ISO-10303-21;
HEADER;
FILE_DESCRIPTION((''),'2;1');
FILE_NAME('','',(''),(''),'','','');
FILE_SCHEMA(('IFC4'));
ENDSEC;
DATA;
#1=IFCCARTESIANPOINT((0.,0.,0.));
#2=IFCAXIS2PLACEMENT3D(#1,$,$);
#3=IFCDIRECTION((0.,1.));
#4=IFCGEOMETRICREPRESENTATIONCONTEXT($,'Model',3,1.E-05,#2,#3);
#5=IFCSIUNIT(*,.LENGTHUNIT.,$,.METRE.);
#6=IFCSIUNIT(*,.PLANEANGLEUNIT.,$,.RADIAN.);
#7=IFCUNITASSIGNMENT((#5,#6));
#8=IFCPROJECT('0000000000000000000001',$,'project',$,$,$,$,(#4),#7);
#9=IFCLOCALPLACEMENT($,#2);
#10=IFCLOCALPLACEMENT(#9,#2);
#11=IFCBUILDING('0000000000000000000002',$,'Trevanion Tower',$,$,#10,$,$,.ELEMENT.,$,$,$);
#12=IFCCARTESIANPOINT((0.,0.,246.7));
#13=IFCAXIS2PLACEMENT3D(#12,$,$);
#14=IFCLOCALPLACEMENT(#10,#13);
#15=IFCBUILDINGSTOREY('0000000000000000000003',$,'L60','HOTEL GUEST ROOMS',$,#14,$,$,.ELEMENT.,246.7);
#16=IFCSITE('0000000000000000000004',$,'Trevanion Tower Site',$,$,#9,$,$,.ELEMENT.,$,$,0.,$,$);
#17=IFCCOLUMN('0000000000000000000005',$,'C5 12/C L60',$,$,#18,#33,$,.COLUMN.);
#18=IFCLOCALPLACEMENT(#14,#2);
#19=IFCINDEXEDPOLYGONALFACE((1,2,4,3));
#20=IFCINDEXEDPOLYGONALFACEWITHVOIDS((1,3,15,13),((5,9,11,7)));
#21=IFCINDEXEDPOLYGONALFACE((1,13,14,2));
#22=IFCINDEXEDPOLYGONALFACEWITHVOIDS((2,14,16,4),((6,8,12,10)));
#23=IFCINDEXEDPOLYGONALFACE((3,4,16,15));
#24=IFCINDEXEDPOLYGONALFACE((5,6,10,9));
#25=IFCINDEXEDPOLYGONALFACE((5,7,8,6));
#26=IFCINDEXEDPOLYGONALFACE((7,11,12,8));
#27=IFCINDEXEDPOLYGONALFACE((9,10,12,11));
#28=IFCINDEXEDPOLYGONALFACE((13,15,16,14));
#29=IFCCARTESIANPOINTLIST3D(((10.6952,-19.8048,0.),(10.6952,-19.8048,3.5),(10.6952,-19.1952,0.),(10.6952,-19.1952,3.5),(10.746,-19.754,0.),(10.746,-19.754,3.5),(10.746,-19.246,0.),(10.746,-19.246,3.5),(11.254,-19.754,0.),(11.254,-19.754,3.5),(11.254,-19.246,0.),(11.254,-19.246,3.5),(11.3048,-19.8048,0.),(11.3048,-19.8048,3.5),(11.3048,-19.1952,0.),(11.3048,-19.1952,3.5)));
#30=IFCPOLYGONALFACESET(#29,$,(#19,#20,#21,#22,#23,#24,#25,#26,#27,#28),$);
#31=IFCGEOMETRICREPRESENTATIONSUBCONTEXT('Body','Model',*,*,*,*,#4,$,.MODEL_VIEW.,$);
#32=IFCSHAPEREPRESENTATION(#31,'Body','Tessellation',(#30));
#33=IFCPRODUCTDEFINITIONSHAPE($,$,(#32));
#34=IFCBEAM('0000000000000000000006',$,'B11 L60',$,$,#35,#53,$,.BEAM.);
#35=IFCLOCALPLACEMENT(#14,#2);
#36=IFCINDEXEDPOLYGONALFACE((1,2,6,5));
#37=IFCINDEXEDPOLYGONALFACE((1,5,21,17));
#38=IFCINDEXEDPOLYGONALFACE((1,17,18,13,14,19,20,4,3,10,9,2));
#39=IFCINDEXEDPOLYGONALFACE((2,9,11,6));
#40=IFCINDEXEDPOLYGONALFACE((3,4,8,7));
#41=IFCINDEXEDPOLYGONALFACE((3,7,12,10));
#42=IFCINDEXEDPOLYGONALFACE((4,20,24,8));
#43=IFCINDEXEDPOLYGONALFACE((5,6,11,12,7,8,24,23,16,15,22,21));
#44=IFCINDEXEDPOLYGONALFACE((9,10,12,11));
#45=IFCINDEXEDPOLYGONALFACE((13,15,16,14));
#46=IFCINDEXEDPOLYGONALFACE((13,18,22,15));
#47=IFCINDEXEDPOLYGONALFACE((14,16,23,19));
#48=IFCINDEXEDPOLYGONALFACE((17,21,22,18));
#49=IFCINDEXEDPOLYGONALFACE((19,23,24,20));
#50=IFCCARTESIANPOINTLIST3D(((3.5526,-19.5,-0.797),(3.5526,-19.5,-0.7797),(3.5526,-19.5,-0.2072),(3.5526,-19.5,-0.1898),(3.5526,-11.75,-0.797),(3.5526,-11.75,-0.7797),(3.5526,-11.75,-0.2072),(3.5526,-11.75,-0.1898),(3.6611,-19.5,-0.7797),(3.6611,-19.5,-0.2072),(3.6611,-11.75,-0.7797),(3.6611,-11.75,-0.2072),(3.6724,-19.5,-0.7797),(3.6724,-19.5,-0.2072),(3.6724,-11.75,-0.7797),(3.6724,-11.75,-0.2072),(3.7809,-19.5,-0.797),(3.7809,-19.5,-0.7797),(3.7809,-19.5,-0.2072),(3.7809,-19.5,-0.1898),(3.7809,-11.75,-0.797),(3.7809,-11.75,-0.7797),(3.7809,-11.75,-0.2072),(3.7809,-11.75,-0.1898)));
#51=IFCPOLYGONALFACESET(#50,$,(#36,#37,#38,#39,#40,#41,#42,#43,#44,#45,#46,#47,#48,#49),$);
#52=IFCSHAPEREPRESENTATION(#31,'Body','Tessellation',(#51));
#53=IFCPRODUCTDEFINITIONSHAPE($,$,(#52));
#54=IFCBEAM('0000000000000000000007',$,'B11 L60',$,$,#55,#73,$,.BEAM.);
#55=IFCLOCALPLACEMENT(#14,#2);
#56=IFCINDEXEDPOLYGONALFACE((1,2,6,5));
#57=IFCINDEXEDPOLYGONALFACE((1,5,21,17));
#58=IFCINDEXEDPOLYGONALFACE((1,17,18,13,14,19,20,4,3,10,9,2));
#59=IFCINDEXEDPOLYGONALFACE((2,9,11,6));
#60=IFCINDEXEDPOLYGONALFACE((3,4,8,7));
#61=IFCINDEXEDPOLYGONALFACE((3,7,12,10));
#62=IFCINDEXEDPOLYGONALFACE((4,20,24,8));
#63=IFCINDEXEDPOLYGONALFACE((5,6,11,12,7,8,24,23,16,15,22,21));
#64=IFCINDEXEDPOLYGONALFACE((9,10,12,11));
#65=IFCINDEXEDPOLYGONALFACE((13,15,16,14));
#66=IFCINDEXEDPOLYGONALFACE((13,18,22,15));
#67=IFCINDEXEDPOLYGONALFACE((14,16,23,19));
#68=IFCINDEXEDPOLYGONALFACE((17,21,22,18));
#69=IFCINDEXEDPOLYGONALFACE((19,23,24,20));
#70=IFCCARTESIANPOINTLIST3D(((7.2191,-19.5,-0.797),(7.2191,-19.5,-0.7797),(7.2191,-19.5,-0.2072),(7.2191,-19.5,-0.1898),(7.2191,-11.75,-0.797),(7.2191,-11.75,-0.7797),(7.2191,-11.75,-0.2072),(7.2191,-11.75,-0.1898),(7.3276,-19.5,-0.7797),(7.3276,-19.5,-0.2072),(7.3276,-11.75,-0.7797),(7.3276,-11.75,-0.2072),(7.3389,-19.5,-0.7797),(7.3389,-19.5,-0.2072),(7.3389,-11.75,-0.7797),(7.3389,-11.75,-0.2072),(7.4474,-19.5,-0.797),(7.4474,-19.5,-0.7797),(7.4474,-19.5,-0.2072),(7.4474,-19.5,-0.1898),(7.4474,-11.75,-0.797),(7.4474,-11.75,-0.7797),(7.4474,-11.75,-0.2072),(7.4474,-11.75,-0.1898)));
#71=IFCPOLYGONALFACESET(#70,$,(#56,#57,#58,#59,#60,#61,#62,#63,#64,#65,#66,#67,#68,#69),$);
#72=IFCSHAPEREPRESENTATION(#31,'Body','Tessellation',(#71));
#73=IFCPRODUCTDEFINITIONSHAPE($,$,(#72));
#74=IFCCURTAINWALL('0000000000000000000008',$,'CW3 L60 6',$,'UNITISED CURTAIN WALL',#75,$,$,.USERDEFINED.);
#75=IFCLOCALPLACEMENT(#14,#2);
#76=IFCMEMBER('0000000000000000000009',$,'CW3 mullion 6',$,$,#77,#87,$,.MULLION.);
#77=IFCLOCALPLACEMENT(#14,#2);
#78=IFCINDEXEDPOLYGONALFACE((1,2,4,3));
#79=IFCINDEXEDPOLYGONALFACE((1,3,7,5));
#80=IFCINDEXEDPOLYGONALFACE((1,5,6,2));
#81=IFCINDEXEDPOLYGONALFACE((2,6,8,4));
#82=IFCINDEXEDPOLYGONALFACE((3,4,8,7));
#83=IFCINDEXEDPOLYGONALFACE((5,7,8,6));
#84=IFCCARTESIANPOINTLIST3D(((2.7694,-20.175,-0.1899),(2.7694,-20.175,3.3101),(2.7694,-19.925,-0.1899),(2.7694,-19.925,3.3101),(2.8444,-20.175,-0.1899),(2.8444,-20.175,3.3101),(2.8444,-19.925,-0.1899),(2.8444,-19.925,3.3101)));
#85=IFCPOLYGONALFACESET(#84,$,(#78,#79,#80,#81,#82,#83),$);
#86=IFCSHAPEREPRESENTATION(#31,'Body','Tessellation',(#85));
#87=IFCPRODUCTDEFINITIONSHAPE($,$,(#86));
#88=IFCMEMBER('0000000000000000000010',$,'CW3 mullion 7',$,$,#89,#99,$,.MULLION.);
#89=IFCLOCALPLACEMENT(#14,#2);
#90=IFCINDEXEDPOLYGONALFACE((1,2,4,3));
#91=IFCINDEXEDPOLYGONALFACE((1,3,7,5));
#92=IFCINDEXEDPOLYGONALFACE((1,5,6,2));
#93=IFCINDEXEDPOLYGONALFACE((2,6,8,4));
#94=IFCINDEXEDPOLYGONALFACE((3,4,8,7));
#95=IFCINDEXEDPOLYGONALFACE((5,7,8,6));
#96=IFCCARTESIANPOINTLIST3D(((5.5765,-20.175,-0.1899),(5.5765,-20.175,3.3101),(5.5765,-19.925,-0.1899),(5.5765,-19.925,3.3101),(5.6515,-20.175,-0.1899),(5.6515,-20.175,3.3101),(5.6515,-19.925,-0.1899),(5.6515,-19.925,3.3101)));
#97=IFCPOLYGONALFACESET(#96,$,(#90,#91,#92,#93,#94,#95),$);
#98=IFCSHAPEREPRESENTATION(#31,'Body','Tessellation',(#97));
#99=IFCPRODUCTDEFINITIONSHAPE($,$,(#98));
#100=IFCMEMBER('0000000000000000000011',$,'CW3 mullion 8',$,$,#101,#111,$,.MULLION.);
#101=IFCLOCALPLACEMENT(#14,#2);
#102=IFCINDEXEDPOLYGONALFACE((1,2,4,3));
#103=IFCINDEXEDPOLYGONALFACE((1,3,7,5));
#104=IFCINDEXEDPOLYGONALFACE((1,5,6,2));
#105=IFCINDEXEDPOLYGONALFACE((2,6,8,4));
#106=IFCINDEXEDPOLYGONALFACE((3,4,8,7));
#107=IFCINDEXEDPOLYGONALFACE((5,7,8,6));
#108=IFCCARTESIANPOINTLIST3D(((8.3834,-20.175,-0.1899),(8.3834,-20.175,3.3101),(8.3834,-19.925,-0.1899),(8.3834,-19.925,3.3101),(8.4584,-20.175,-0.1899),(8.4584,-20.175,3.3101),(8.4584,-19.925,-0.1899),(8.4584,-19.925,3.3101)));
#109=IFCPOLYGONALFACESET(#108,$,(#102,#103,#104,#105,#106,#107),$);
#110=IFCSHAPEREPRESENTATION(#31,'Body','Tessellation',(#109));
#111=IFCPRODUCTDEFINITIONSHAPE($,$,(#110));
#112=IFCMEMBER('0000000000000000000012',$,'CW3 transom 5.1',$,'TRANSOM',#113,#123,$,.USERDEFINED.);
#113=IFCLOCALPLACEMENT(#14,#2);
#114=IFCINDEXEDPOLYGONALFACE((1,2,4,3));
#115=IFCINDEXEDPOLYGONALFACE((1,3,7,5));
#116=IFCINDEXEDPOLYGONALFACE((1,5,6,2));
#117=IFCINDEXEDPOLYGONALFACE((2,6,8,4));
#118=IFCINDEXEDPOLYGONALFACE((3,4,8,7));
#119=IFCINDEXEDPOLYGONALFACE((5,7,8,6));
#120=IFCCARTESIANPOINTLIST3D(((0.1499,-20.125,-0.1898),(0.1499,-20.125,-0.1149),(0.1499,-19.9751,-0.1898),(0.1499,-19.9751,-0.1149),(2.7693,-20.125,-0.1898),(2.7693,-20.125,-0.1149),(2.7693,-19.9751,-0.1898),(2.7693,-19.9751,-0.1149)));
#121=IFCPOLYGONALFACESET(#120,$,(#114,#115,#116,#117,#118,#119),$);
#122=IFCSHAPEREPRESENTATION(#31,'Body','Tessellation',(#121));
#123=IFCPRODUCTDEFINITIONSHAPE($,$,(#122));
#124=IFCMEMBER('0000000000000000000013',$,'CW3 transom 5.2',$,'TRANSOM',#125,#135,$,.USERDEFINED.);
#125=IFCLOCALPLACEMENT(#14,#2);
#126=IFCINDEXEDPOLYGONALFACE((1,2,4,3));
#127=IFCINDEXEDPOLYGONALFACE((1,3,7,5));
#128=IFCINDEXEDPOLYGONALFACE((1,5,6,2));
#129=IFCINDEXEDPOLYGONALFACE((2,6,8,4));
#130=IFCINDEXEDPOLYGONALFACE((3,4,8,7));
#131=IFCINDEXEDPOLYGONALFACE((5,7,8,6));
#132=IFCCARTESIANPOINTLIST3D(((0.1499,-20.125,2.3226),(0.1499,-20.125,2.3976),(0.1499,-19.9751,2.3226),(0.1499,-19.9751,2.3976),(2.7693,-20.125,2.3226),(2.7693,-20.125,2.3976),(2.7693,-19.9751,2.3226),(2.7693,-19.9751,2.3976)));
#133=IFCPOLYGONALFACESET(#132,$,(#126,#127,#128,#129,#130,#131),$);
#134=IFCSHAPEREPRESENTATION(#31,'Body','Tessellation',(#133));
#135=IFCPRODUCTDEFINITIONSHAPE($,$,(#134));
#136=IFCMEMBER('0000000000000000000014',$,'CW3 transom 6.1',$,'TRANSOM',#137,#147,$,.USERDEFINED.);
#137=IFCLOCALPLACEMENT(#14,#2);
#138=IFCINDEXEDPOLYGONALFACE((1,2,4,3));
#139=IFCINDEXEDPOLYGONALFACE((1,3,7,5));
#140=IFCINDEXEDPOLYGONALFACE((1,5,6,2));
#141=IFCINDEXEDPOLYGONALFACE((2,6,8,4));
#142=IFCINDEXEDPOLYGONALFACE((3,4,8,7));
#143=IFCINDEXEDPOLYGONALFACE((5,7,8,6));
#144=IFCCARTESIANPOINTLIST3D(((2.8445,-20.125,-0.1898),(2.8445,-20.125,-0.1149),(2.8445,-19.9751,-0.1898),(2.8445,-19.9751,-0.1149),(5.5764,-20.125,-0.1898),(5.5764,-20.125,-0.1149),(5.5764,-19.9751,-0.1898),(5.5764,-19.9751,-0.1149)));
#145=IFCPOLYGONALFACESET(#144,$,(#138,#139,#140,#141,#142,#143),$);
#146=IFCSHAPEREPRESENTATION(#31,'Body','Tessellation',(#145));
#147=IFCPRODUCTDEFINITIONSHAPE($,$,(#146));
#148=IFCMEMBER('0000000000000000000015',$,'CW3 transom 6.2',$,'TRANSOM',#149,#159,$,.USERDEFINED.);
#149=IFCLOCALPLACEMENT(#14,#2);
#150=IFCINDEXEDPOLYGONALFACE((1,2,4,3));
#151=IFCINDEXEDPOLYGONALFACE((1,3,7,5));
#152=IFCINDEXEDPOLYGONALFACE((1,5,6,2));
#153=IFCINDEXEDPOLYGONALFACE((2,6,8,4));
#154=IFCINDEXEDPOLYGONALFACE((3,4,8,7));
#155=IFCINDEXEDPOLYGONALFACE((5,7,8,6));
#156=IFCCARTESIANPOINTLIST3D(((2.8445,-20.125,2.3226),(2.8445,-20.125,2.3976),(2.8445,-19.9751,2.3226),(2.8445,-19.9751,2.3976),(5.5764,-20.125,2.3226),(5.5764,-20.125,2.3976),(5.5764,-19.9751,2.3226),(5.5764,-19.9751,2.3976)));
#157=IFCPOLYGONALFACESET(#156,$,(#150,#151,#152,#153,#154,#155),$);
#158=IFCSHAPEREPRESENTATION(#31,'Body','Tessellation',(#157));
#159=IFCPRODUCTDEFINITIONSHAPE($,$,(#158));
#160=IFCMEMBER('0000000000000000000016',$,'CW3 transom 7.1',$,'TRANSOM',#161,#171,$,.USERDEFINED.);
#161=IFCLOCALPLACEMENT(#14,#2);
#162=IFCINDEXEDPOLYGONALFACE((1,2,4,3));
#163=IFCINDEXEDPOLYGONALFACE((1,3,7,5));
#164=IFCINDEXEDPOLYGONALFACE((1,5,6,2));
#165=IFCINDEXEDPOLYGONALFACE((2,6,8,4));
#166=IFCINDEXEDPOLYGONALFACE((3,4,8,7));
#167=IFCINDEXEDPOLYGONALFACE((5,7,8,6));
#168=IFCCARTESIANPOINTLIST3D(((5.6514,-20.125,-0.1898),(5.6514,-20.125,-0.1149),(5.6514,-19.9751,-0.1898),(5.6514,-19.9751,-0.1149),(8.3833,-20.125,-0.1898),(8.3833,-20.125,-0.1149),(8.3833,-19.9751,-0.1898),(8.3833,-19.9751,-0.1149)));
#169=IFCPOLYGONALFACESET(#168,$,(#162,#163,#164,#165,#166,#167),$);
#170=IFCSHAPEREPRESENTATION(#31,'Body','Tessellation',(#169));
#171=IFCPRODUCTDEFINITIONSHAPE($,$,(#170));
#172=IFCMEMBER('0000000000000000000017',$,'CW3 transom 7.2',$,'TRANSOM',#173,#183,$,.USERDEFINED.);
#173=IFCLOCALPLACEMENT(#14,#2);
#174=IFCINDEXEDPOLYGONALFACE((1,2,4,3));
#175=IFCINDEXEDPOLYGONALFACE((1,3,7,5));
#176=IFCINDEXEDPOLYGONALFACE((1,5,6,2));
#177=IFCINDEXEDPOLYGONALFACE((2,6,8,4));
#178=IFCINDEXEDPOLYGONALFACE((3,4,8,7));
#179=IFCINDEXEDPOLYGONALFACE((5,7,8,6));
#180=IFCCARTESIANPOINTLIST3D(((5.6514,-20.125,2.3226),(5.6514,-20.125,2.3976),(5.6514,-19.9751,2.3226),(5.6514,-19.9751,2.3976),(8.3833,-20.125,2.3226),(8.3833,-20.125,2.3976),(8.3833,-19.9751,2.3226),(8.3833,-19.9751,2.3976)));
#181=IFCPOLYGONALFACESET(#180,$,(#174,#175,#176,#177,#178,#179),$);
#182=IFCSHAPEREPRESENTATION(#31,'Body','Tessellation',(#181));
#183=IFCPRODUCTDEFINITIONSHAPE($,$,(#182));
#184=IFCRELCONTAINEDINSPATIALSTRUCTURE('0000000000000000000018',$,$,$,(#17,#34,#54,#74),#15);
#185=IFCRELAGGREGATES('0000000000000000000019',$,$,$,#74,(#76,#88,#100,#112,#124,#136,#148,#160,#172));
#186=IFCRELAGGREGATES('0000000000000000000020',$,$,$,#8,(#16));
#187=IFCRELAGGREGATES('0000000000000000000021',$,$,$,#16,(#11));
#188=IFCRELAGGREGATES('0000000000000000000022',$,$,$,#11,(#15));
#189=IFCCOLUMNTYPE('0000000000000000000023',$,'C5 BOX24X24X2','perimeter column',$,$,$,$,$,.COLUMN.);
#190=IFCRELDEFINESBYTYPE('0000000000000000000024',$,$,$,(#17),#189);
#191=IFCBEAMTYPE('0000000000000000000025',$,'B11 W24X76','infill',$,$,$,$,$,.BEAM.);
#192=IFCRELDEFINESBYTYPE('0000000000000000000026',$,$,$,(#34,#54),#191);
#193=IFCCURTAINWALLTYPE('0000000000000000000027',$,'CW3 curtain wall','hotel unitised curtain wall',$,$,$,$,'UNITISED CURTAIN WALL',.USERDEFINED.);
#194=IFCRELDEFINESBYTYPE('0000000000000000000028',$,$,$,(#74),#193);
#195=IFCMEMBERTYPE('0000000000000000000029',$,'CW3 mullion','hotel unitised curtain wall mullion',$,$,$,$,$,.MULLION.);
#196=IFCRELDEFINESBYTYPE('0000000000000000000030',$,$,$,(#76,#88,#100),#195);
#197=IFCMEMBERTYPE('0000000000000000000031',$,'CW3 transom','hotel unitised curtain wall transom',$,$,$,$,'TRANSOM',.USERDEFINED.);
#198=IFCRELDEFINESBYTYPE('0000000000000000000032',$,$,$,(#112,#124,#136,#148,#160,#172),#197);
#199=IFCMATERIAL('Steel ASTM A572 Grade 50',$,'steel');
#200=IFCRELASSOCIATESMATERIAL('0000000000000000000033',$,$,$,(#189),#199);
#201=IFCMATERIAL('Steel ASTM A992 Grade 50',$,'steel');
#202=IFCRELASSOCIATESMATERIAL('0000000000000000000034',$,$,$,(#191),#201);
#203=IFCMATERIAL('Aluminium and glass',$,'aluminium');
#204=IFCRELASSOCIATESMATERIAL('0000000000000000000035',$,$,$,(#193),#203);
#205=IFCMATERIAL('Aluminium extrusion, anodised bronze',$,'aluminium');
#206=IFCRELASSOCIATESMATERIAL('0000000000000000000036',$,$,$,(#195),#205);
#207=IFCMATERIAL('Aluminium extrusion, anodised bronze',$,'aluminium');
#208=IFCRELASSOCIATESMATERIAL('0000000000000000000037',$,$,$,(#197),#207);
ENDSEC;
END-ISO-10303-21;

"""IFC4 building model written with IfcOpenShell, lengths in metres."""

from ifc_helpers import new_model, si_unit, direction, frame, origin, origin_2d, place, context, subcontext, project, spatial, rectangle, hollow_rectangle, i_section, extrude, material, material_profile, profile_set, type_object, element, aggregate, save


model = new_model("IFC4")

# Units and contexts
model_context = context("Model", 3, precision=1e-05, world=origin(), true_north=direction((0.0, 1.0)))
body_context = subcontext(model_context, "Body", "Model", "MODEL_VIEW")
ifc_project = project(units=[si_unit("LENGTHUNIT", "METRE"), si_unit("PLANEANGLEUNIT", "RADIAN")], contexts=[model_context])

# Site, building, storey
site_placement = place(None, origin())
site = spatial("IfcSite", under=ifc_project, at=site_placement, Name="Trevanion Tower Site", CompositionType="ELEMENT", RefElevation=0.0)
building_placement = place(site_placement, origin())
building = spatial("IfcBuilding", under=site, at=building_placement, Name="Trevanion Tower", CompositionType="ELEMENT")
storey_placement = place(building_placement, frame((0.0, 0.0, 246.7)))
storey = spatial("IfcBuildingStorey", under=building, at=storey_placement, Name="L60", Description="HOTEL GUEST ROOMS", CompositionType="ELEMENT", Elevation=246.7)

# Column
ifc_material_1 = material(Name="Steel ASTM A572 Grade 50", Category="steel")
ifc_material_profile_1 = material_profile(ifc_material_1, hollow_rectangle(XDim=0.6096, YDim=0.6096, WallThickness=0.0508, at=origin_2d()), Name="BOX24X24X2")
ifc_profile_set_1 = profile_set([ifc_material_profile_1], Name="Steel ASTM A572 Grade 50")
column_type = type_object("IfcColumnType", Name="C5 BOX24X24X2", Description="perimeter column", PredefinedType="COLUMN", material=ifc_profile_set_1)
column_placement = place(storey_placement, frame((11.0, -19.5, 0.0), z_axis=(0.0, 0.0, 1.0), x_axis=(1.0, 0.0, 0.0)))
element("IfcColumn", 1, at=column_placement, inside=storey, type_object=column_type, Name="C5 12/C L60", PredefinedType="COLUMN", context=body_context, shape_type="SweptSolid", body=[
    extrude(hollow_rectangle(XDim=0.6096, YDim=0.6096, WallThickness=0.0508, at=origin_2d()), origin(), (0.0, 0.0, 1.0), 3.5),
])

# Beams
ifc_material_2 = material(Name="Steel ASTM A992 Grade 50", Category="steel")
ifc_material_profile_2 = material_profile(ifc_material_2, i_section(OverallWidth=0.2283, OverallDepth=0.6072, WebThickness=0.0112, FlangeThickness=0.0173, at=origin_2d()), Name="W24X76")
ifc_profile_set_2 = profile_set([ifc_material_profile_2], Name="Steel ASTM A992 Grade 50")
beam_type = type_object("IfcBeamType", Name="B11 W24X76", Description="infill", PredefinedType="BEAM", material=ifc_profile_set_2)
for number, where, z_axis, x_axis, name in (
    (2, (3.6667, -11.75, -0.4934), (0.0, -1.0, 0.0), (1.0, 0.0, 0.0), "B11 L60"),
    (3, (7.3333, -11.75, -0.4934), (0.0, -1.0, 0.0), (1.0, 0.0, 0.0), "B11 L60"),
):
    element("IfcBeam", number, at=place(storey_placement, frame(where, z_axis=z_axis, x_axis=x_axis)), inside=storey, type_object=beam_type, Name=name, PredefinedType="BEAM", context=body_context, shape_type="SweptSolid", body=[
        extrude(i_section(OverallWidth=0.2283, OverallDepth=0.6072, WebThickness=0.0112, FlangeThickness=0.0173, at=origin_2d()), origin(), (0.0, 0.0, 1.0), 7.75),
    ])

# Curtain wall, members
ifc_material_3 = material(Name="Aluminium and glass", Category="aluminium")
curtain_wall_type = type_object("IfcCurtainWallType", Name="CW3 curtain wall", Description="hotel unitised curtain wall", ElementType="UNITISED CURTAIN WALL", PredefinedType="USERDEFINED", material=ifc_material_3)
curtain_wall_placement = place(storey_placement, origin())
curtain_wall = element("IfcCurtainWall", 4, at=curtain_wall_placement, inside=storey, type_object=curtain_wall_type, Name="CW3 L60 6", ObjectType="UNITISED CURTAIN WALL", PredefinedType="USERDEFINED")
ifc_material_4 = material(Name="Aluminium extrusion, anodised bronze", Category="aluminium")
ifc_material_profile_3 = material_profile(ifc_material_4, rectangle(XDim=0.075, YDim=0.25, at=origin_2d()), Name="CW3 mullion")
ifc_profile_set_3 = profile_set([ifc_material_profile_3], Name="Aluminium extrusion, anodised bronze")
member_type_1 = type_object("IfcMemberType", Name="CW3 mullion", Description="hotel unitised curtain wall mullion", PredefinedType="MULLION", material=ifc_profile_set_3)
member_1_placement = place(storey_placement, frame((2.8069, -20.05, -0.1899), z_axis=(0.0, 0.0, 1.0), x_axis=(1.0, 0.0, 0.0)))
member_1 = element("IfcMember", 5, at=member_1_placement, type_object=member_type_1, Name="CW3 mullion 6", PredefinedType="MULLION", context=body_context, shape_type="SweptSolid", body=[
    extrude(rectangle(XDim=0.075, YDim=0.25, at=origin_2d()), origin(), (0.0, 0.0, 1.0), 3.5),
])
member_2_placement = place(storey_placement, frame((5.614, -20.05, -0.1899), z_axis=(0.0, 0.0, 1.0), x_axis=(1.0, 0.0, 0.0)))
member_2 = element("IfcMember", 6, at=member_2_placement, type_object=member_type_1, Name="CW3 mullion 7", PredefinedType="MULLION", context=body_context, shape_type="SweptSolid", body=[
    extrude(rectangle(XDim=0.075, YDim=0.25, at=origin_2d()), origin(), (0.0, 0.0, 1.0), 3.5),
])
member_3_placement = place(storey_placement, frame((8.4209, -20.05, -0.1899), z_axis=(0.0, 0.0, 1.0), x_axis=(1.0, 0.0, 0.0)))
member_3 = element("IfcMember", 7, at=member_3_placement, type_object=member_type_1, Name="CW3 mullion 8", PredefinedType="MULLION", context=body_context, shape_type="SweptSolid", body=[
    extrude(rectangle(XDim=0.075, YDim=0.25, at=origin_2d()), origin(), (0.0, 0.0, 1.0), 3.5),
])
ifc_material_5 = material(Name="Aluminium extrusion, anodised bronze", Category="aluminium")
ifc_material_profile_4 = material_profile(ifc_material_5, rectangle(XDim=0.1499, YDim=0.075, at=origin_2d()), Name="CW3 transom")
ifc_profile_set_4 = profile_set([ifc_material_profile_4], Name="Aluminium extrusion, anodised bronze")
member_type_2 = type_object("IfcMemberType", Name="CW3 transom", Description="hotel unitised curtain wall transom", ElementType="TRANSOM", PredefinedType="USERDEFINED", material=ifc_profile_set_4)
member_4_placement = place(storey_placement, frame((0.1499, -20.05, -0.1523), z_axis=(1.0, 0.0, 0.0), x_axis=(0.0, 1.0, 0.0)))
member_4 = element("IfcMember", 8, at=member_4_placement, type_object=member_type_2, Name="CW3 transom 5.1", ObjectType="TRANSOM", PredefinedType="USERDEFINED", context=body_context, shape_type="SweptSolid", body=[
    extrude(rectangle(XDim=0.1499, YDim=0.075, at=origin_2d()), origin(), (0.0, 0.0, 1.0), 2.6194),
])
member_5_placement = place(storey_placement, frame((0.1499, -20.05, 2.3601), z_axis=(1.0, 0.0, 0.0), x_axis=(0.0, 1.0, 0.0)))
member_5 = element("IfcMember", 9, at=member_5_placement, type_object=member_type_2, Name="CW3 transom 5.2", ObjectType="TRANSOM", PredefinedType="USERDEFINED", context=body_context, shape_type="SweptSolid", body=[
    extrude(rectangle(XDim=0.1499, YDim=0.075, at=origin_2d()), origin(), (0.0, 0.0, 1.0), 2.6194),
])
member_6_placement = place(storey_placement, frame((2.8445, -20.05, -0.1523), z_axis=(1.0, 0.0, 0.0), x_axis=(0.0, 1.0, 0.0)))
member_6 = element("IfcMember", 10, at=member_6_placement, type_object=member_type_2, Name="CW3 transom 6.1", ObjectType="TRANSOM", PredefinedType="USERDEFINED", context=body_context, shape_type="SweptSolid", body=[
    extrude(rectangle(XDim=0.1499, YDim=0.075, at=origin_2d()), origin(), (0.0, 0.0, 1.0), 2.7319),
])
member_7_placement = place(storey_placement, frame((2.8445, -20.05, 2.3601), z_axis=(1.0, 0.0, 0.0), x_axis=(0.0, 1.0, 0.0)))
member_7 = element("IfcMember", 11, at=member_7_placement, type_object=member_type_2, Name="CW3 transom 6.2", ObjectType="TRANSOM", PredefinedType="USERDEFINED", context=body_context, shape_type="SweptSolid", body=[
    extrude(rectangle(XDim=0.1499, YDim=0.075, at=origin_2d()), origin(), (0.0, 0.0, 1.0), 2.7319),
])
member_8_placement = place(storey_placement, frame((5.6514, -20.05, -0.1523), z_axis=(1.0, 0.0, 0.0), x_axis=(0.0, 1.0, 0.0)))
member_8 = element("IfcMember", 12, at=member_8_placement, type_object=member_type_2, Name="CW3 transom 7.1", ObjectType="TRANSOM", PredefinedType="USERDEFINED", context=body_context, shape_type="SweptSolid", body=[
    extrude(rectangle(XDim=0.1499, YDim=0.075, at=origin_2d()), origin(), (0.0, 0.0, 1.0), 2.7319),
])
member_9_placement = place(storey_placement, frame((5.6514, -20.05, 2.3601), z_axis=(1.0, 0.0, 0.0), x_axis=(0.0, 1.0, 0.0)))
member_9 = element("IfcMember", 13, at=member_9_placement, type_object=member_type_2, Name="CW3 transom 7.2", ObjectType="TRANSOM", PredefinedType="USERDEFINED", context=body_context, shape_type="SweptSolid", body=[
    extrude(rectangle(XDim=0.1499, YDim=0.075, at=origin_2d()), origin(), (0.0, 0.0, 1.0), 2.7319),
])
aggregate(curtain_wall, [member_1, member_2, member_3, member_4, member_5, member_6, member_7, member_8, member_9])

save(model, "model.ifc")
